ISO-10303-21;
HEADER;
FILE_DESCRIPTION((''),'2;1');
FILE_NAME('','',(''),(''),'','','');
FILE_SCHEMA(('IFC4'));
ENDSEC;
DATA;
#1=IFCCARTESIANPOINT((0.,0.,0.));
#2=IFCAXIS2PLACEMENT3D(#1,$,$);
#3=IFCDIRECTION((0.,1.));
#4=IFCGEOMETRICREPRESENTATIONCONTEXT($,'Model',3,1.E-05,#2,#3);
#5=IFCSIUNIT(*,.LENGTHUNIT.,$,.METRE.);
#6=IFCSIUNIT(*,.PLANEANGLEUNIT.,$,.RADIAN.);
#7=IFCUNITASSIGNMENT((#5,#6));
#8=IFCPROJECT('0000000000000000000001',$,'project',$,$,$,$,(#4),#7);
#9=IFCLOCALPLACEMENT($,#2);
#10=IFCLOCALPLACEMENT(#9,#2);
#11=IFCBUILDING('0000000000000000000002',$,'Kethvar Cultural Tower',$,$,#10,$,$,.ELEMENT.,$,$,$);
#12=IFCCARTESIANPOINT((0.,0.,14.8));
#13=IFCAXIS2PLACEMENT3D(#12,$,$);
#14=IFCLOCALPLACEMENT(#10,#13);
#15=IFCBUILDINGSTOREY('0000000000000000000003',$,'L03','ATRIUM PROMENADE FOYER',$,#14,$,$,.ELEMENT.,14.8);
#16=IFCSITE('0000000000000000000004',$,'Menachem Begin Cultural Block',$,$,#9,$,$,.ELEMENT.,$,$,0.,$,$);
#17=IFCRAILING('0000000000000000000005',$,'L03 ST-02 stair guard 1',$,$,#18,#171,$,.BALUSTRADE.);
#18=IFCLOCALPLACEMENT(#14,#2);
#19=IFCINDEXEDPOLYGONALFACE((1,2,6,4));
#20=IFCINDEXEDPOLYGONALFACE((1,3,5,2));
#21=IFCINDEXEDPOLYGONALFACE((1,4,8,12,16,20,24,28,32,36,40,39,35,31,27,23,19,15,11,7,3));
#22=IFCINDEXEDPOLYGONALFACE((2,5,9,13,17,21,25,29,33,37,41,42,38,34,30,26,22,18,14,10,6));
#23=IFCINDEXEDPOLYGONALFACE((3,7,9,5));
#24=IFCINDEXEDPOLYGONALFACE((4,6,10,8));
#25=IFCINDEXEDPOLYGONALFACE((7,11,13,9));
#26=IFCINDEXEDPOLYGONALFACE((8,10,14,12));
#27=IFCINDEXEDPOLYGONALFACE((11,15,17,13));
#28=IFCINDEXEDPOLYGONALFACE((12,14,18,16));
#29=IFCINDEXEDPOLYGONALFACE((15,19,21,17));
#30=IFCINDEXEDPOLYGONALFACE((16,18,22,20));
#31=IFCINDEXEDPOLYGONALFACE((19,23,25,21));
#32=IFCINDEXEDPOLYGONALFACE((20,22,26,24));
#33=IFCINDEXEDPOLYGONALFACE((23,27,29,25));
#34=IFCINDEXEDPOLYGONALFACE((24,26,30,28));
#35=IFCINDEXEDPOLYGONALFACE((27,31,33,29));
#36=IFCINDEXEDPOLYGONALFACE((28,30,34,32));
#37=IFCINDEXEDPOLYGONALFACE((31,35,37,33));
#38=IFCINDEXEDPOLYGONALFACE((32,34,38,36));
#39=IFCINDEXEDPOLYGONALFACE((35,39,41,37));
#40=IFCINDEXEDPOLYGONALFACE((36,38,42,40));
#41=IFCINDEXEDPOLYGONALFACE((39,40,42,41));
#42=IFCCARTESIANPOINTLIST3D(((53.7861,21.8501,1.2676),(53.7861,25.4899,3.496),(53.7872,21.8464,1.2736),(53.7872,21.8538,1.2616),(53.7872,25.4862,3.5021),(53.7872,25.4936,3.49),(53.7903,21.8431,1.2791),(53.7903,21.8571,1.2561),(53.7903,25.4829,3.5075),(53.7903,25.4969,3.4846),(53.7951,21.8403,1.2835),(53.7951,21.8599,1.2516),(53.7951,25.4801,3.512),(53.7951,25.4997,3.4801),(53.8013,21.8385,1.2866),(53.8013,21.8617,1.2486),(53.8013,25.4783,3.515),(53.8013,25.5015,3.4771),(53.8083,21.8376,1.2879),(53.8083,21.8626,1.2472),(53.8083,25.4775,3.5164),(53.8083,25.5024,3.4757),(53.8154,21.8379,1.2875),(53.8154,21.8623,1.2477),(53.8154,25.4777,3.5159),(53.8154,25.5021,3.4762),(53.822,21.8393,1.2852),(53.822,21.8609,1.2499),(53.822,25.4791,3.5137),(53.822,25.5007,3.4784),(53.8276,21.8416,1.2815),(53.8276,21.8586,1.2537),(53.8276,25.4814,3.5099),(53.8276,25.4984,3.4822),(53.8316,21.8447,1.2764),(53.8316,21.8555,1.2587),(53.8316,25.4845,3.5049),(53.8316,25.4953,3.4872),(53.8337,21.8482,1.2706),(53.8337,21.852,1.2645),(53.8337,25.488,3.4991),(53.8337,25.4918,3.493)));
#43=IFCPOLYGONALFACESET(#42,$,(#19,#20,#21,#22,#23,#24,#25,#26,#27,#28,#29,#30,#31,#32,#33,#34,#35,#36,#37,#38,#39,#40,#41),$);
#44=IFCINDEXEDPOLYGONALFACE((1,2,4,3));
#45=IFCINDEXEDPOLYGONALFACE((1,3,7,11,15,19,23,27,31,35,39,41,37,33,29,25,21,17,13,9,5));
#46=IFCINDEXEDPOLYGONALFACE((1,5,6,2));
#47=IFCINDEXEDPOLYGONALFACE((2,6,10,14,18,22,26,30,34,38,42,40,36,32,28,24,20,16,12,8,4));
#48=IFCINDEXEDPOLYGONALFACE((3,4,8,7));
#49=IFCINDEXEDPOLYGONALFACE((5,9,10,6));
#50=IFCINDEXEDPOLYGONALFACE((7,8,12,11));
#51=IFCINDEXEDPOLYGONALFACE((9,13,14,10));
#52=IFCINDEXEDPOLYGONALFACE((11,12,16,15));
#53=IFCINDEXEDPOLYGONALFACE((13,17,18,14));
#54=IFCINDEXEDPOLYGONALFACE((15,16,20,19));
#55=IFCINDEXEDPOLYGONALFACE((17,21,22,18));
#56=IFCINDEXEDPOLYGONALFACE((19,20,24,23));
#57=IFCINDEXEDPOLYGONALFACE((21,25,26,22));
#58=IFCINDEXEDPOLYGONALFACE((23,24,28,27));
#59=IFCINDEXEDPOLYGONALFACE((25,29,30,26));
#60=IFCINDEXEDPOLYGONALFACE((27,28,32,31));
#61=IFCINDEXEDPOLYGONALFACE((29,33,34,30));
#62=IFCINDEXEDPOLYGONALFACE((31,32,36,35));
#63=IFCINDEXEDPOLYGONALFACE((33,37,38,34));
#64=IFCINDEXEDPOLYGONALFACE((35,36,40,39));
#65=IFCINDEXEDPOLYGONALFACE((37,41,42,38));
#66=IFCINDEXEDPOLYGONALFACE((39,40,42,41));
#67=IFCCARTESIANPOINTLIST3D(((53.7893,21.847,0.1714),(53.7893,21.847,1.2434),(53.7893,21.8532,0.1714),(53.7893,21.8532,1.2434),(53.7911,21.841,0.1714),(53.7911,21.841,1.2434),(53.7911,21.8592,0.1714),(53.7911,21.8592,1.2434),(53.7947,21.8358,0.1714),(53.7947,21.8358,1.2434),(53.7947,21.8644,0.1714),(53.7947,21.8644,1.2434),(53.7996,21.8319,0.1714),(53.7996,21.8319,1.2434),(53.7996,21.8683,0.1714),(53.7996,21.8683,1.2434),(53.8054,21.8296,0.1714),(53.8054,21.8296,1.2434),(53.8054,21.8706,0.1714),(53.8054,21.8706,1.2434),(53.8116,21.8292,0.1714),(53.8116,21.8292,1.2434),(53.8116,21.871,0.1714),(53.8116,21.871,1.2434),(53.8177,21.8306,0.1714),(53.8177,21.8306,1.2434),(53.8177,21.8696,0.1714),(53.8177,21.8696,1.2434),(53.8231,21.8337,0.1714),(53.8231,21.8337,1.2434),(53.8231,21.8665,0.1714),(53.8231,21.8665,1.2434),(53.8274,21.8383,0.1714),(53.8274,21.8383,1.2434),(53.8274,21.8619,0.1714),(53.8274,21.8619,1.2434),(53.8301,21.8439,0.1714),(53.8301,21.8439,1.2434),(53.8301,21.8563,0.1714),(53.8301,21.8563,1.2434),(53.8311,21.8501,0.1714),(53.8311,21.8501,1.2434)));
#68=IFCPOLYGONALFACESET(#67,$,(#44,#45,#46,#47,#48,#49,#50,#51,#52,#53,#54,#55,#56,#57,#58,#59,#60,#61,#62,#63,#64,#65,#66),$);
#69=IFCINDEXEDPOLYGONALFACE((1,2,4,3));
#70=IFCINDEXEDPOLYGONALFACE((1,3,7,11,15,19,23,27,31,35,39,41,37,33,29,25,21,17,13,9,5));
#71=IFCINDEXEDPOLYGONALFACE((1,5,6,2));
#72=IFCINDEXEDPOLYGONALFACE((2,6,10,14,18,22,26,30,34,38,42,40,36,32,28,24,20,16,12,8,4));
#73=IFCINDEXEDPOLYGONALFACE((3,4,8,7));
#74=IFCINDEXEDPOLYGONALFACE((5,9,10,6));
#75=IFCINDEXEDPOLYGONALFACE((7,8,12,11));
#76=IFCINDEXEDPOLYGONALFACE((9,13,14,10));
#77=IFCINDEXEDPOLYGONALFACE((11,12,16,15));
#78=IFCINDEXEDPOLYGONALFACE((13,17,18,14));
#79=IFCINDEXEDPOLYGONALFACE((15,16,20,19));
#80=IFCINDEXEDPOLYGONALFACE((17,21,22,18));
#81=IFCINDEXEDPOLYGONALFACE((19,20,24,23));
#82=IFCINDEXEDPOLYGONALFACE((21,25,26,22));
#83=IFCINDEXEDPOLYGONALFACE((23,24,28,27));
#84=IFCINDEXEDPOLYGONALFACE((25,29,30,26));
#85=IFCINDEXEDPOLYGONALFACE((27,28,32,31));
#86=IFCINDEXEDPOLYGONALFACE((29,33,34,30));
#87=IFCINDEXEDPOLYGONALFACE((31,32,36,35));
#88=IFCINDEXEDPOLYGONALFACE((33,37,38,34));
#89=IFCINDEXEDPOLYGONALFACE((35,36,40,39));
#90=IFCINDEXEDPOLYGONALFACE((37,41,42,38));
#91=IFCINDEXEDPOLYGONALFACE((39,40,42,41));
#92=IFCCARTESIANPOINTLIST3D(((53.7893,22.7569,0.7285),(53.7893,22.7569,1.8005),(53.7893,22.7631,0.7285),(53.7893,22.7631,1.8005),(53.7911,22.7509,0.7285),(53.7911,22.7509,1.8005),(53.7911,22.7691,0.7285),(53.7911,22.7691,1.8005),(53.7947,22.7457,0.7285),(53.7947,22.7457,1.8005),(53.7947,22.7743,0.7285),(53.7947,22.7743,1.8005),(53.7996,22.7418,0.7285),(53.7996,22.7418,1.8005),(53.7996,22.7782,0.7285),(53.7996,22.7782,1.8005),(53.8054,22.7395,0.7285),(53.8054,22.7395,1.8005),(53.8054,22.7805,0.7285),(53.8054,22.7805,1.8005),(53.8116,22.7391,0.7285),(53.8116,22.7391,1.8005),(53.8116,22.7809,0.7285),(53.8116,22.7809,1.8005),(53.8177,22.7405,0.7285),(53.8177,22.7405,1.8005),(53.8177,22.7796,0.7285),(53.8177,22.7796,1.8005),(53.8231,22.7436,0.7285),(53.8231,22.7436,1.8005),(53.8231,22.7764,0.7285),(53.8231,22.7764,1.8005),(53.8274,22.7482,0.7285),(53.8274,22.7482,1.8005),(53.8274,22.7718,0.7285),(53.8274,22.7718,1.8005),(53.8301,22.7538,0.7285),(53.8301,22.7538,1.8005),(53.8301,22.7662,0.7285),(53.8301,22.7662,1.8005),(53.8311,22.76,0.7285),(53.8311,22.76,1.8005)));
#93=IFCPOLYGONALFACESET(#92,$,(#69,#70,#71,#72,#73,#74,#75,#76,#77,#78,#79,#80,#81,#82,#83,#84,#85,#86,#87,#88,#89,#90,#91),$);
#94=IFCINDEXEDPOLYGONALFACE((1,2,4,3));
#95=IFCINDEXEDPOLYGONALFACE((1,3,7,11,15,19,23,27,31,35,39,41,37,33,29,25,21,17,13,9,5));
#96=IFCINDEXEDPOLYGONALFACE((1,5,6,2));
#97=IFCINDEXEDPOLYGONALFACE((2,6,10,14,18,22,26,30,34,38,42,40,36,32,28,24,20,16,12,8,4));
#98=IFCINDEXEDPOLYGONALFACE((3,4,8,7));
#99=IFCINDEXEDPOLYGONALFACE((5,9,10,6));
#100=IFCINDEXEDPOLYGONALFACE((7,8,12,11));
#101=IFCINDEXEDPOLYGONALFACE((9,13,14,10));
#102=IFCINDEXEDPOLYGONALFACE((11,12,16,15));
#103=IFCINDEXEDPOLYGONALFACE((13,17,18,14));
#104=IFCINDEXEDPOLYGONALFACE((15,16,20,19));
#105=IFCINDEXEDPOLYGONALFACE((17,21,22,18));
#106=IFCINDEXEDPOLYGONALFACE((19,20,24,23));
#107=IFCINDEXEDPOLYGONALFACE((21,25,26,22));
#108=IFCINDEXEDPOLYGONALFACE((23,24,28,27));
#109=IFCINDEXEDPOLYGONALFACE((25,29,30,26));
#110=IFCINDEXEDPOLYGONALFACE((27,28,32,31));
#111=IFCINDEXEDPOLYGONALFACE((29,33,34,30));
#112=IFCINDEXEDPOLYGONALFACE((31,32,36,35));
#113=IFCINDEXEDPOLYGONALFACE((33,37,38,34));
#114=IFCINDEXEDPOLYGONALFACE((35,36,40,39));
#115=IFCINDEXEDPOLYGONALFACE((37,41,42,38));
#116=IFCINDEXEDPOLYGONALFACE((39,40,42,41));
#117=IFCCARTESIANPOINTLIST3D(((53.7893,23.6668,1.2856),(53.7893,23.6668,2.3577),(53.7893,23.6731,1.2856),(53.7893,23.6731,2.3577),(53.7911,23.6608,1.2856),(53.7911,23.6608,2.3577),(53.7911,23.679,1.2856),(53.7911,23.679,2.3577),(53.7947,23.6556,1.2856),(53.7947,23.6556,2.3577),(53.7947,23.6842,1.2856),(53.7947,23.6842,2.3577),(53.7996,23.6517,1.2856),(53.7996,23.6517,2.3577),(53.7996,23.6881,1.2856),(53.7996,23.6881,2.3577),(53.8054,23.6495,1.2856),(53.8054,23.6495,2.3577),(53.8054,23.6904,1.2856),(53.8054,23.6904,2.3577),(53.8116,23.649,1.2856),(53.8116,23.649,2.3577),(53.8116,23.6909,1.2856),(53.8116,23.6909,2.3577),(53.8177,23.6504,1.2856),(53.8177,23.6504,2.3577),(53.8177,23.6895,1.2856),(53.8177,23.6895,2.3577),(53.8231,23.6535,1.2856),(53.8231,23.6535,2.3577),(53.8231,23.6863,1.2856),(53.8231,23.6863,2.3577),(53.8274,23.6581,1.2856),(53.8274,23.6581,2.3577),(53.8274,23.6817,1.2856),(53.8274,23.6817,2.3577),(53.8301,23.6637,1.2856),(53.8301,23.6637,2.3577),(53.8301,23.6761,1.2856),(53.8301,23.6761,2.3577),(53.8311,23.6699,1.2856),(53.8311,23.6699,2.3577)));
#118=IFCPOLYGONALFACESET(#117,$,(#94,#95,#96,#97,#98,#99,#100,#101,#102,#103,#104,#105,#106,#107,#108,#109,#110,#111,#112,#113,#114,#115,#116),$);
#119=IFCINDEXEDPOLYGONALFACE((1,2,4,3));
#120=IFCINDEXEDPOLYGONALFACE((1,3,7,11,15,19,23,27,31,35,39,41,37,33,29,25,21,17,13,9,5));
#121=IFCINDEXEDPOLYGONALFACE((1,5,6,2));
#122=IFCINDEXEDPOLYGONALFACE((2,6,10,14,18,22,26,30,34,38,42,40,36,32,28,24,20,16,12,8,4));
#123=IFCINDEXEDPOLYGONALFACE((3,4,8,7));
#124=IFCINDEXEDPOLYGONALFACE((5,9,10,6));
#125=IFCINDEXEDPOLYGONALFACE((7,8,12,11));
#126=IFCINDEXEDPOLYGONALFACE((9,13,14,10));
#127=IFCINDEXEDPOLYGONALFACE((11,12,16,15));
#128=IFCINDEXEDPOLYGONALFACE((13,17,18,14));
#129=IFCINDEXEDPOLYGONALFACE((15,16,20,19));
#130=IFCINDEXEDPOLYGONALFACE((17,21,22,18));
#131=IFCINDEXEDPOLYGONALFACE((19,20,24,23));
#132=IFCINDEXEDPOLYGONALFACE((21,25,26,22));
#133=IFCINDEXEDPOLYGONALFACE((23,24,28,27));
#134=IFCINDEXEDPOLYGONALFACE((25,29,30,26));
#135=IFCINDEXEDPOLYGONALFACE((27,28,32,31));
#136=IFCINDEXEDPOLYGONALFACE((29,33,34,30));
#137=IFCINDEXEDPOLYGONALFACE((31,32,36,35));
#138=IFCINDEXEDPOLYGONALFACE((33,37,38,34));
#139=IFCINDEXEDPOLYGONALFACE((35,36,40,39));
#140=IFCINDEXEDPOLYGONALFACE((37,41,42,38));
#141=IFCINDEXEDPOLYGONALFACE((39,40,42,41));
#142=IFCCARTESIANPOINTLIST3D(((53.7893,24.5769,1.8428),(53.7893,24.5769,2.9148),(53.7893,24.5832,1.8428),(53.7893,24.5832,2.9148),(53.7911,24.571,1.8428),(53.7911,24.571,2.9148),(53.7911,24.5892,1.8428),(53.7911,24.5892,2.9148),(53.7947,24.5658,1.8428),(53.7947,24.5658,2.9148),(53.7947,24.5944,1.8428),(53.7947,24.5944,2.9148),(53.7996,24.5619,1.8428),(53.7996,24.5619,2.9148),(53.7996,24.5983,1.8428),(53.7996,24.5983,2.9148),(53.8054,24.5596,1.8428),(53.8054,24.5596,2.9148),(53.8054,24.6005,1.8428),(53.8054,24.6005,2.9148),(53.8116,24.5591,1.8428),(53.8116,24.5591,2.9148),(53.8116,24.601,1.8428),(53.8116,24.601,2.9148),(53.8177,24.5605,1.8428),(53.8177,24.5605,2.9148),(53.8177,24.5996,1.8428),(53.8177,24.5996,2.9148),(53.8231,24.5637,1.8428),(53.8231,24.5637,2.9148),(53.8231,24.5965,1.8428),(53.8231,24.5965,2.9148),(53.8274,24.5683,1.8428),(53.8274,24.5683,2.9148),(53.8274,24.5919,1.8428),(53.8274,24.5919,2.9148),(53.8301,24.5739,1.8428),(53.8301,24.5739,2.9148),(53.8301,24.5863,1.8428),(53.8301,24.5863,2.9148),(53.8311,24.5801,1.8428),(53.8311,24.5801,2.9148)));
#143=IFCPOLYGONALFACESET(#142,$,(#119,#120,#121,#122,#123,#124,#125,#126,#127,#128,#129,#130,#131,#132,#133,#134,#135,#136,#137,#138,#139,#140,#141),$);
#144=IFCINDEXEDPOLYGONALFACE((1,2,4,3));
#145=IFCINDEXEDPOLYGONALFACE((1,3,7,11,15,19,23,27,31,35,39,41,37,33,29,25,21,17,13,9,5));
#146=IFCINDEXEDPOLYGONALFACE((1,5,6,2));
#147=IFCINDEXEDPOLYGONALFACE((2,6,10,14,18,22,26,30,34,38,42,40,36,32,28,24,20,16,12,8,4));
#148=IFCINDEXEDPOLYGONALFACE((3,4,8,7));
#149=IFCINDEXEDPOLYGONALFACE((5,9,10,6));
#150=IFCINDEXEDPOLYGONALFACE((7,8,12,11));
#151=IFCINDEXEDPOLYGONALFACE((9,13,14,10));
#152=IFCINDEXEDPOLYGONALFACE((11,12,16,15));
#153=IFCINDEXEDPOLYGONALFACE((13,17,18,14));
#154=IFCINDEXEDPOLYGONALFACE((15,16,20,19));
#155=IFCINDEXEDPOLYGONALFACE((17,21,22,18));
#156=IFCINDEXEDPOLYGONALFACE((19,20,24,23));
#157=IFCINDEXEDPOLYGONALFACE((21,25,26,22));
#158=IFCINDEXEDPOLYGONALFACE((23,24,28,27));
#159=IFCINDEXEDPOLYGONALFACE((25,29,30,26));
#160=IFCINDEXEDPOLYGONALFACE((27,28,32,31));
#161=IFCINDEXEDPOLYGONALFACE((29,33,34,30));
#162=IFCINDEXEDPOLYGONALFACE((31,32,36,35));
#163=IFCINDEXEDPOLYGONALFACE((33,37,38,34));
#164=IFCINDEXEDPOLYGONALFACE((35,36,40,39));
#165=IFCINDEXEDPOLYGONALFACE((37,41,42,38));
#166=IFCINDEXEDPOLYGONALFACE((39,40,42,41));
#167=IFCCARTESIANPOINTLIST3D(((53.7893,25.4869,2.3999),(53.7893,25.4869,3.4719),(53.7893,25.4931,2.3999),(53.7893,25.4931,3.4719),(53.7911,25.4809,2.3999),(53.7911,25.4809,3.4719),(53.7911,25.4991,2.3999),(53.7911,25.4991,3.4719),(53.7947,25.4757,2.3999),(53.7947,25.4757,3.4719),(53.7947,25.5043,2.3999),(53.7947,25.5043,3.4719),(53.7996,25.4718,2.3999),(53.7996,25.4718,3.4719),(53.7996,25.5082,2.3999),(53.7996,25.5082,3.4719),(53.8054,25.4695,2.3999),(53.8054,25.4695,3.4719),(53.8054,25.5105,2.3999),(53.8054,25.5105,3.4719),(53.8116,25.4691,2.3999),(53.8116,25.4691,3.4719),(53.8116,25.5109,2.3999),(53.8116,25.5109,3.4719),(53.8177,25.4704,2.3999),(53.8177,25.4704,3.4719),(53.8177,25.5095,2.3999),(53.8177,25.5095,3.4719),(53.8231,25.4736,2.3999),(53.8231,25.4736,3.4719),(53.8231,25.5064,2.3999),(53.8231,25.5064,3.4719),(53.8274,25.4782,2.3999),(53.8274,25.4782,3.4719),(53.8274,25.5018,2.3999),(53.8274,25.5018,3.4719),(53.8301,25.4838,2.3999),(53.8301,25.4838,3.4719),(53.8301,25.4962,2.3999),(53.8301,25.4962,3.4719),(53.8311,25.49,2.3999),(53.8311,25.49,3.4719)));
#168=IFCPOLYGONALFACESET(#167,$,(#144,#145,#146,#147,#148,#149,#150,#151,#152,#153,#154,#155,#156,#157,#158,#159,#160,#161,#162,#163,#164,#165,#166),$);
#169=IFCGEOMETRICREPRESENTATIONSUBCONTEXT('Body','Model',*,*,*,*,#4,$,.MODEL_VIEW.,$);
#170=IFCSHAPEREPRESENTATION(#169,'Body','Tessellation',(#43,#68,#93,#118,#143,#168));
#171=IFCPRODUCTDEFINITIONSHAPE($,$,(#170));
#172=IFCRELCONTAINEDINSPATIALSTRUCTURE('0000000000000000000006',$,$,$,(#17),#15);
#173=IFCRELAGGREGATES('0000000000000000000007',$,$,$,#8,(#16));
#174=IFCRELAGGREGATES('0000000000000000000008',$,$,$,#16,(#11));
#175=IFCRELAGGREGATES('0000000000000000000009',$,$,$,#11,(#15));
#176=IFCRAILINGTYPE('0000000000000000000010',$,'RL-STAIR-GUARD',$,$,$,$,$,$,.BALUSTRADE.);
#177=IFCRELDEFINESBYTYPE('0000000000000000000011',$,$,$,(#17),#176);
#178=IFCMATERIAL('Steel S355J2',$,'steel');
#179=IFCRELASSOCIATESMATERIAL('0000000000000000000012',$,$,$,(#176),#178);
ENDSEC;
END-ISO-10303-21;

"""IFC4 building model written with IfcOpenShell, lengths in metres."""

from ifc_helpers import new_model, si_unit, direction, frame, origin, origin_2d, place, context, subcontext, project, spatial, circle, extrude, material, type_object, element, save


model = new_model("IFC4")

# Units and contexts
model_context = context("Model", 3, precision=1e-05, world=origin(), true_north=direction((0.0, 1.0)))
body_context = subcontext(model_context, "Body", "Model", "MODEL_VIEW")
ifc_project = project(units=[si_unit("LENGTHUNIT", "METRE"), si_unit("PLANEANGLEUNIT", "RADIAN")], contexts=[model_context])

# Site, building, storey
site_placement = place(None, origin())
site = spatial("IfcSite", under=ifc_project, at=site_placement, Name="Menachem Begin Cultural Block", CompositionType="ELEMENT", RefElevation=0.0)
building_placement = place(site_placement, origin())
building = spatial("IfcBuilding", under=site, at=building_placement, Name="Kethvar Cultural Tower", CompositionType="ELEMENT")
storey_placement = place(building_placement, frame((0.0, 0.0, 14.8)))
storey = spatial("IfcBuildingStorey", under=building, at=storey_placement, Name="L03", Description="ATRIUM PROMENADE FOYER", CompositionType="ELEMENT", Elevation=14.8)

# Shared definitions
ifc_material_1 = material(Name="Steel S355J2", Category="steel")

# Railing
railing_type_1 = type_object("IfcRailingType", Name="RL-STAIR-GUARD", PredefinedType="BALUSTRADE", material=ifc_material_1)
railing_1_placement = place(storey_placement, frame((53.8101, 21.8501, 0.1714)))
element("IfcRailing", 1, at=railing_1_placement, inside=storey, type_object=railing_type_1, Name="L03 ST-02 stair guard 1", PredefinedType="BALUSTRADE", context=body_context, shape_type="SweptSolid", body=[
    extrude(circle(Radius=0.0239, at=origin_2d()), frame((0.0, 0.0, 1.0962), z_axis=(0.0, 0.85285, 0.522156), x_axis=(-1.0, 0.0, 0.0)), (0.0, 0.0, 1.0), 4.2678),
    extrude(circle(Radius=0.021, at=origin_2d()), origin(), (0.0, 0.0, 1.0), 1.072),
    extrude(circle(Radius=0.021, at=origin_2d()), frame((0.0, 0.9099, 0.5571)), (0.0, 0.0, 1.0), 1.072),
    extrude(circle(Radius=0.021, at=origin_2d()), frame((0.0, 1.8198, 1.1143)), (0.0, 0.0, 1.0), 1.072),
    extrude(circle(Radius=0.021, at=origin_2d()), frame((0.0, 2.73, 1.6714)), (0.0, 0.0, 1.0), 1.072),
    extrude(circle(Radius=0.021, at=origin_2d()), frame((0.0, 3.6399, 2.2285)), (0.0, 0.0, 1.0), 1.072),
])

save(model, "model.ifc")
